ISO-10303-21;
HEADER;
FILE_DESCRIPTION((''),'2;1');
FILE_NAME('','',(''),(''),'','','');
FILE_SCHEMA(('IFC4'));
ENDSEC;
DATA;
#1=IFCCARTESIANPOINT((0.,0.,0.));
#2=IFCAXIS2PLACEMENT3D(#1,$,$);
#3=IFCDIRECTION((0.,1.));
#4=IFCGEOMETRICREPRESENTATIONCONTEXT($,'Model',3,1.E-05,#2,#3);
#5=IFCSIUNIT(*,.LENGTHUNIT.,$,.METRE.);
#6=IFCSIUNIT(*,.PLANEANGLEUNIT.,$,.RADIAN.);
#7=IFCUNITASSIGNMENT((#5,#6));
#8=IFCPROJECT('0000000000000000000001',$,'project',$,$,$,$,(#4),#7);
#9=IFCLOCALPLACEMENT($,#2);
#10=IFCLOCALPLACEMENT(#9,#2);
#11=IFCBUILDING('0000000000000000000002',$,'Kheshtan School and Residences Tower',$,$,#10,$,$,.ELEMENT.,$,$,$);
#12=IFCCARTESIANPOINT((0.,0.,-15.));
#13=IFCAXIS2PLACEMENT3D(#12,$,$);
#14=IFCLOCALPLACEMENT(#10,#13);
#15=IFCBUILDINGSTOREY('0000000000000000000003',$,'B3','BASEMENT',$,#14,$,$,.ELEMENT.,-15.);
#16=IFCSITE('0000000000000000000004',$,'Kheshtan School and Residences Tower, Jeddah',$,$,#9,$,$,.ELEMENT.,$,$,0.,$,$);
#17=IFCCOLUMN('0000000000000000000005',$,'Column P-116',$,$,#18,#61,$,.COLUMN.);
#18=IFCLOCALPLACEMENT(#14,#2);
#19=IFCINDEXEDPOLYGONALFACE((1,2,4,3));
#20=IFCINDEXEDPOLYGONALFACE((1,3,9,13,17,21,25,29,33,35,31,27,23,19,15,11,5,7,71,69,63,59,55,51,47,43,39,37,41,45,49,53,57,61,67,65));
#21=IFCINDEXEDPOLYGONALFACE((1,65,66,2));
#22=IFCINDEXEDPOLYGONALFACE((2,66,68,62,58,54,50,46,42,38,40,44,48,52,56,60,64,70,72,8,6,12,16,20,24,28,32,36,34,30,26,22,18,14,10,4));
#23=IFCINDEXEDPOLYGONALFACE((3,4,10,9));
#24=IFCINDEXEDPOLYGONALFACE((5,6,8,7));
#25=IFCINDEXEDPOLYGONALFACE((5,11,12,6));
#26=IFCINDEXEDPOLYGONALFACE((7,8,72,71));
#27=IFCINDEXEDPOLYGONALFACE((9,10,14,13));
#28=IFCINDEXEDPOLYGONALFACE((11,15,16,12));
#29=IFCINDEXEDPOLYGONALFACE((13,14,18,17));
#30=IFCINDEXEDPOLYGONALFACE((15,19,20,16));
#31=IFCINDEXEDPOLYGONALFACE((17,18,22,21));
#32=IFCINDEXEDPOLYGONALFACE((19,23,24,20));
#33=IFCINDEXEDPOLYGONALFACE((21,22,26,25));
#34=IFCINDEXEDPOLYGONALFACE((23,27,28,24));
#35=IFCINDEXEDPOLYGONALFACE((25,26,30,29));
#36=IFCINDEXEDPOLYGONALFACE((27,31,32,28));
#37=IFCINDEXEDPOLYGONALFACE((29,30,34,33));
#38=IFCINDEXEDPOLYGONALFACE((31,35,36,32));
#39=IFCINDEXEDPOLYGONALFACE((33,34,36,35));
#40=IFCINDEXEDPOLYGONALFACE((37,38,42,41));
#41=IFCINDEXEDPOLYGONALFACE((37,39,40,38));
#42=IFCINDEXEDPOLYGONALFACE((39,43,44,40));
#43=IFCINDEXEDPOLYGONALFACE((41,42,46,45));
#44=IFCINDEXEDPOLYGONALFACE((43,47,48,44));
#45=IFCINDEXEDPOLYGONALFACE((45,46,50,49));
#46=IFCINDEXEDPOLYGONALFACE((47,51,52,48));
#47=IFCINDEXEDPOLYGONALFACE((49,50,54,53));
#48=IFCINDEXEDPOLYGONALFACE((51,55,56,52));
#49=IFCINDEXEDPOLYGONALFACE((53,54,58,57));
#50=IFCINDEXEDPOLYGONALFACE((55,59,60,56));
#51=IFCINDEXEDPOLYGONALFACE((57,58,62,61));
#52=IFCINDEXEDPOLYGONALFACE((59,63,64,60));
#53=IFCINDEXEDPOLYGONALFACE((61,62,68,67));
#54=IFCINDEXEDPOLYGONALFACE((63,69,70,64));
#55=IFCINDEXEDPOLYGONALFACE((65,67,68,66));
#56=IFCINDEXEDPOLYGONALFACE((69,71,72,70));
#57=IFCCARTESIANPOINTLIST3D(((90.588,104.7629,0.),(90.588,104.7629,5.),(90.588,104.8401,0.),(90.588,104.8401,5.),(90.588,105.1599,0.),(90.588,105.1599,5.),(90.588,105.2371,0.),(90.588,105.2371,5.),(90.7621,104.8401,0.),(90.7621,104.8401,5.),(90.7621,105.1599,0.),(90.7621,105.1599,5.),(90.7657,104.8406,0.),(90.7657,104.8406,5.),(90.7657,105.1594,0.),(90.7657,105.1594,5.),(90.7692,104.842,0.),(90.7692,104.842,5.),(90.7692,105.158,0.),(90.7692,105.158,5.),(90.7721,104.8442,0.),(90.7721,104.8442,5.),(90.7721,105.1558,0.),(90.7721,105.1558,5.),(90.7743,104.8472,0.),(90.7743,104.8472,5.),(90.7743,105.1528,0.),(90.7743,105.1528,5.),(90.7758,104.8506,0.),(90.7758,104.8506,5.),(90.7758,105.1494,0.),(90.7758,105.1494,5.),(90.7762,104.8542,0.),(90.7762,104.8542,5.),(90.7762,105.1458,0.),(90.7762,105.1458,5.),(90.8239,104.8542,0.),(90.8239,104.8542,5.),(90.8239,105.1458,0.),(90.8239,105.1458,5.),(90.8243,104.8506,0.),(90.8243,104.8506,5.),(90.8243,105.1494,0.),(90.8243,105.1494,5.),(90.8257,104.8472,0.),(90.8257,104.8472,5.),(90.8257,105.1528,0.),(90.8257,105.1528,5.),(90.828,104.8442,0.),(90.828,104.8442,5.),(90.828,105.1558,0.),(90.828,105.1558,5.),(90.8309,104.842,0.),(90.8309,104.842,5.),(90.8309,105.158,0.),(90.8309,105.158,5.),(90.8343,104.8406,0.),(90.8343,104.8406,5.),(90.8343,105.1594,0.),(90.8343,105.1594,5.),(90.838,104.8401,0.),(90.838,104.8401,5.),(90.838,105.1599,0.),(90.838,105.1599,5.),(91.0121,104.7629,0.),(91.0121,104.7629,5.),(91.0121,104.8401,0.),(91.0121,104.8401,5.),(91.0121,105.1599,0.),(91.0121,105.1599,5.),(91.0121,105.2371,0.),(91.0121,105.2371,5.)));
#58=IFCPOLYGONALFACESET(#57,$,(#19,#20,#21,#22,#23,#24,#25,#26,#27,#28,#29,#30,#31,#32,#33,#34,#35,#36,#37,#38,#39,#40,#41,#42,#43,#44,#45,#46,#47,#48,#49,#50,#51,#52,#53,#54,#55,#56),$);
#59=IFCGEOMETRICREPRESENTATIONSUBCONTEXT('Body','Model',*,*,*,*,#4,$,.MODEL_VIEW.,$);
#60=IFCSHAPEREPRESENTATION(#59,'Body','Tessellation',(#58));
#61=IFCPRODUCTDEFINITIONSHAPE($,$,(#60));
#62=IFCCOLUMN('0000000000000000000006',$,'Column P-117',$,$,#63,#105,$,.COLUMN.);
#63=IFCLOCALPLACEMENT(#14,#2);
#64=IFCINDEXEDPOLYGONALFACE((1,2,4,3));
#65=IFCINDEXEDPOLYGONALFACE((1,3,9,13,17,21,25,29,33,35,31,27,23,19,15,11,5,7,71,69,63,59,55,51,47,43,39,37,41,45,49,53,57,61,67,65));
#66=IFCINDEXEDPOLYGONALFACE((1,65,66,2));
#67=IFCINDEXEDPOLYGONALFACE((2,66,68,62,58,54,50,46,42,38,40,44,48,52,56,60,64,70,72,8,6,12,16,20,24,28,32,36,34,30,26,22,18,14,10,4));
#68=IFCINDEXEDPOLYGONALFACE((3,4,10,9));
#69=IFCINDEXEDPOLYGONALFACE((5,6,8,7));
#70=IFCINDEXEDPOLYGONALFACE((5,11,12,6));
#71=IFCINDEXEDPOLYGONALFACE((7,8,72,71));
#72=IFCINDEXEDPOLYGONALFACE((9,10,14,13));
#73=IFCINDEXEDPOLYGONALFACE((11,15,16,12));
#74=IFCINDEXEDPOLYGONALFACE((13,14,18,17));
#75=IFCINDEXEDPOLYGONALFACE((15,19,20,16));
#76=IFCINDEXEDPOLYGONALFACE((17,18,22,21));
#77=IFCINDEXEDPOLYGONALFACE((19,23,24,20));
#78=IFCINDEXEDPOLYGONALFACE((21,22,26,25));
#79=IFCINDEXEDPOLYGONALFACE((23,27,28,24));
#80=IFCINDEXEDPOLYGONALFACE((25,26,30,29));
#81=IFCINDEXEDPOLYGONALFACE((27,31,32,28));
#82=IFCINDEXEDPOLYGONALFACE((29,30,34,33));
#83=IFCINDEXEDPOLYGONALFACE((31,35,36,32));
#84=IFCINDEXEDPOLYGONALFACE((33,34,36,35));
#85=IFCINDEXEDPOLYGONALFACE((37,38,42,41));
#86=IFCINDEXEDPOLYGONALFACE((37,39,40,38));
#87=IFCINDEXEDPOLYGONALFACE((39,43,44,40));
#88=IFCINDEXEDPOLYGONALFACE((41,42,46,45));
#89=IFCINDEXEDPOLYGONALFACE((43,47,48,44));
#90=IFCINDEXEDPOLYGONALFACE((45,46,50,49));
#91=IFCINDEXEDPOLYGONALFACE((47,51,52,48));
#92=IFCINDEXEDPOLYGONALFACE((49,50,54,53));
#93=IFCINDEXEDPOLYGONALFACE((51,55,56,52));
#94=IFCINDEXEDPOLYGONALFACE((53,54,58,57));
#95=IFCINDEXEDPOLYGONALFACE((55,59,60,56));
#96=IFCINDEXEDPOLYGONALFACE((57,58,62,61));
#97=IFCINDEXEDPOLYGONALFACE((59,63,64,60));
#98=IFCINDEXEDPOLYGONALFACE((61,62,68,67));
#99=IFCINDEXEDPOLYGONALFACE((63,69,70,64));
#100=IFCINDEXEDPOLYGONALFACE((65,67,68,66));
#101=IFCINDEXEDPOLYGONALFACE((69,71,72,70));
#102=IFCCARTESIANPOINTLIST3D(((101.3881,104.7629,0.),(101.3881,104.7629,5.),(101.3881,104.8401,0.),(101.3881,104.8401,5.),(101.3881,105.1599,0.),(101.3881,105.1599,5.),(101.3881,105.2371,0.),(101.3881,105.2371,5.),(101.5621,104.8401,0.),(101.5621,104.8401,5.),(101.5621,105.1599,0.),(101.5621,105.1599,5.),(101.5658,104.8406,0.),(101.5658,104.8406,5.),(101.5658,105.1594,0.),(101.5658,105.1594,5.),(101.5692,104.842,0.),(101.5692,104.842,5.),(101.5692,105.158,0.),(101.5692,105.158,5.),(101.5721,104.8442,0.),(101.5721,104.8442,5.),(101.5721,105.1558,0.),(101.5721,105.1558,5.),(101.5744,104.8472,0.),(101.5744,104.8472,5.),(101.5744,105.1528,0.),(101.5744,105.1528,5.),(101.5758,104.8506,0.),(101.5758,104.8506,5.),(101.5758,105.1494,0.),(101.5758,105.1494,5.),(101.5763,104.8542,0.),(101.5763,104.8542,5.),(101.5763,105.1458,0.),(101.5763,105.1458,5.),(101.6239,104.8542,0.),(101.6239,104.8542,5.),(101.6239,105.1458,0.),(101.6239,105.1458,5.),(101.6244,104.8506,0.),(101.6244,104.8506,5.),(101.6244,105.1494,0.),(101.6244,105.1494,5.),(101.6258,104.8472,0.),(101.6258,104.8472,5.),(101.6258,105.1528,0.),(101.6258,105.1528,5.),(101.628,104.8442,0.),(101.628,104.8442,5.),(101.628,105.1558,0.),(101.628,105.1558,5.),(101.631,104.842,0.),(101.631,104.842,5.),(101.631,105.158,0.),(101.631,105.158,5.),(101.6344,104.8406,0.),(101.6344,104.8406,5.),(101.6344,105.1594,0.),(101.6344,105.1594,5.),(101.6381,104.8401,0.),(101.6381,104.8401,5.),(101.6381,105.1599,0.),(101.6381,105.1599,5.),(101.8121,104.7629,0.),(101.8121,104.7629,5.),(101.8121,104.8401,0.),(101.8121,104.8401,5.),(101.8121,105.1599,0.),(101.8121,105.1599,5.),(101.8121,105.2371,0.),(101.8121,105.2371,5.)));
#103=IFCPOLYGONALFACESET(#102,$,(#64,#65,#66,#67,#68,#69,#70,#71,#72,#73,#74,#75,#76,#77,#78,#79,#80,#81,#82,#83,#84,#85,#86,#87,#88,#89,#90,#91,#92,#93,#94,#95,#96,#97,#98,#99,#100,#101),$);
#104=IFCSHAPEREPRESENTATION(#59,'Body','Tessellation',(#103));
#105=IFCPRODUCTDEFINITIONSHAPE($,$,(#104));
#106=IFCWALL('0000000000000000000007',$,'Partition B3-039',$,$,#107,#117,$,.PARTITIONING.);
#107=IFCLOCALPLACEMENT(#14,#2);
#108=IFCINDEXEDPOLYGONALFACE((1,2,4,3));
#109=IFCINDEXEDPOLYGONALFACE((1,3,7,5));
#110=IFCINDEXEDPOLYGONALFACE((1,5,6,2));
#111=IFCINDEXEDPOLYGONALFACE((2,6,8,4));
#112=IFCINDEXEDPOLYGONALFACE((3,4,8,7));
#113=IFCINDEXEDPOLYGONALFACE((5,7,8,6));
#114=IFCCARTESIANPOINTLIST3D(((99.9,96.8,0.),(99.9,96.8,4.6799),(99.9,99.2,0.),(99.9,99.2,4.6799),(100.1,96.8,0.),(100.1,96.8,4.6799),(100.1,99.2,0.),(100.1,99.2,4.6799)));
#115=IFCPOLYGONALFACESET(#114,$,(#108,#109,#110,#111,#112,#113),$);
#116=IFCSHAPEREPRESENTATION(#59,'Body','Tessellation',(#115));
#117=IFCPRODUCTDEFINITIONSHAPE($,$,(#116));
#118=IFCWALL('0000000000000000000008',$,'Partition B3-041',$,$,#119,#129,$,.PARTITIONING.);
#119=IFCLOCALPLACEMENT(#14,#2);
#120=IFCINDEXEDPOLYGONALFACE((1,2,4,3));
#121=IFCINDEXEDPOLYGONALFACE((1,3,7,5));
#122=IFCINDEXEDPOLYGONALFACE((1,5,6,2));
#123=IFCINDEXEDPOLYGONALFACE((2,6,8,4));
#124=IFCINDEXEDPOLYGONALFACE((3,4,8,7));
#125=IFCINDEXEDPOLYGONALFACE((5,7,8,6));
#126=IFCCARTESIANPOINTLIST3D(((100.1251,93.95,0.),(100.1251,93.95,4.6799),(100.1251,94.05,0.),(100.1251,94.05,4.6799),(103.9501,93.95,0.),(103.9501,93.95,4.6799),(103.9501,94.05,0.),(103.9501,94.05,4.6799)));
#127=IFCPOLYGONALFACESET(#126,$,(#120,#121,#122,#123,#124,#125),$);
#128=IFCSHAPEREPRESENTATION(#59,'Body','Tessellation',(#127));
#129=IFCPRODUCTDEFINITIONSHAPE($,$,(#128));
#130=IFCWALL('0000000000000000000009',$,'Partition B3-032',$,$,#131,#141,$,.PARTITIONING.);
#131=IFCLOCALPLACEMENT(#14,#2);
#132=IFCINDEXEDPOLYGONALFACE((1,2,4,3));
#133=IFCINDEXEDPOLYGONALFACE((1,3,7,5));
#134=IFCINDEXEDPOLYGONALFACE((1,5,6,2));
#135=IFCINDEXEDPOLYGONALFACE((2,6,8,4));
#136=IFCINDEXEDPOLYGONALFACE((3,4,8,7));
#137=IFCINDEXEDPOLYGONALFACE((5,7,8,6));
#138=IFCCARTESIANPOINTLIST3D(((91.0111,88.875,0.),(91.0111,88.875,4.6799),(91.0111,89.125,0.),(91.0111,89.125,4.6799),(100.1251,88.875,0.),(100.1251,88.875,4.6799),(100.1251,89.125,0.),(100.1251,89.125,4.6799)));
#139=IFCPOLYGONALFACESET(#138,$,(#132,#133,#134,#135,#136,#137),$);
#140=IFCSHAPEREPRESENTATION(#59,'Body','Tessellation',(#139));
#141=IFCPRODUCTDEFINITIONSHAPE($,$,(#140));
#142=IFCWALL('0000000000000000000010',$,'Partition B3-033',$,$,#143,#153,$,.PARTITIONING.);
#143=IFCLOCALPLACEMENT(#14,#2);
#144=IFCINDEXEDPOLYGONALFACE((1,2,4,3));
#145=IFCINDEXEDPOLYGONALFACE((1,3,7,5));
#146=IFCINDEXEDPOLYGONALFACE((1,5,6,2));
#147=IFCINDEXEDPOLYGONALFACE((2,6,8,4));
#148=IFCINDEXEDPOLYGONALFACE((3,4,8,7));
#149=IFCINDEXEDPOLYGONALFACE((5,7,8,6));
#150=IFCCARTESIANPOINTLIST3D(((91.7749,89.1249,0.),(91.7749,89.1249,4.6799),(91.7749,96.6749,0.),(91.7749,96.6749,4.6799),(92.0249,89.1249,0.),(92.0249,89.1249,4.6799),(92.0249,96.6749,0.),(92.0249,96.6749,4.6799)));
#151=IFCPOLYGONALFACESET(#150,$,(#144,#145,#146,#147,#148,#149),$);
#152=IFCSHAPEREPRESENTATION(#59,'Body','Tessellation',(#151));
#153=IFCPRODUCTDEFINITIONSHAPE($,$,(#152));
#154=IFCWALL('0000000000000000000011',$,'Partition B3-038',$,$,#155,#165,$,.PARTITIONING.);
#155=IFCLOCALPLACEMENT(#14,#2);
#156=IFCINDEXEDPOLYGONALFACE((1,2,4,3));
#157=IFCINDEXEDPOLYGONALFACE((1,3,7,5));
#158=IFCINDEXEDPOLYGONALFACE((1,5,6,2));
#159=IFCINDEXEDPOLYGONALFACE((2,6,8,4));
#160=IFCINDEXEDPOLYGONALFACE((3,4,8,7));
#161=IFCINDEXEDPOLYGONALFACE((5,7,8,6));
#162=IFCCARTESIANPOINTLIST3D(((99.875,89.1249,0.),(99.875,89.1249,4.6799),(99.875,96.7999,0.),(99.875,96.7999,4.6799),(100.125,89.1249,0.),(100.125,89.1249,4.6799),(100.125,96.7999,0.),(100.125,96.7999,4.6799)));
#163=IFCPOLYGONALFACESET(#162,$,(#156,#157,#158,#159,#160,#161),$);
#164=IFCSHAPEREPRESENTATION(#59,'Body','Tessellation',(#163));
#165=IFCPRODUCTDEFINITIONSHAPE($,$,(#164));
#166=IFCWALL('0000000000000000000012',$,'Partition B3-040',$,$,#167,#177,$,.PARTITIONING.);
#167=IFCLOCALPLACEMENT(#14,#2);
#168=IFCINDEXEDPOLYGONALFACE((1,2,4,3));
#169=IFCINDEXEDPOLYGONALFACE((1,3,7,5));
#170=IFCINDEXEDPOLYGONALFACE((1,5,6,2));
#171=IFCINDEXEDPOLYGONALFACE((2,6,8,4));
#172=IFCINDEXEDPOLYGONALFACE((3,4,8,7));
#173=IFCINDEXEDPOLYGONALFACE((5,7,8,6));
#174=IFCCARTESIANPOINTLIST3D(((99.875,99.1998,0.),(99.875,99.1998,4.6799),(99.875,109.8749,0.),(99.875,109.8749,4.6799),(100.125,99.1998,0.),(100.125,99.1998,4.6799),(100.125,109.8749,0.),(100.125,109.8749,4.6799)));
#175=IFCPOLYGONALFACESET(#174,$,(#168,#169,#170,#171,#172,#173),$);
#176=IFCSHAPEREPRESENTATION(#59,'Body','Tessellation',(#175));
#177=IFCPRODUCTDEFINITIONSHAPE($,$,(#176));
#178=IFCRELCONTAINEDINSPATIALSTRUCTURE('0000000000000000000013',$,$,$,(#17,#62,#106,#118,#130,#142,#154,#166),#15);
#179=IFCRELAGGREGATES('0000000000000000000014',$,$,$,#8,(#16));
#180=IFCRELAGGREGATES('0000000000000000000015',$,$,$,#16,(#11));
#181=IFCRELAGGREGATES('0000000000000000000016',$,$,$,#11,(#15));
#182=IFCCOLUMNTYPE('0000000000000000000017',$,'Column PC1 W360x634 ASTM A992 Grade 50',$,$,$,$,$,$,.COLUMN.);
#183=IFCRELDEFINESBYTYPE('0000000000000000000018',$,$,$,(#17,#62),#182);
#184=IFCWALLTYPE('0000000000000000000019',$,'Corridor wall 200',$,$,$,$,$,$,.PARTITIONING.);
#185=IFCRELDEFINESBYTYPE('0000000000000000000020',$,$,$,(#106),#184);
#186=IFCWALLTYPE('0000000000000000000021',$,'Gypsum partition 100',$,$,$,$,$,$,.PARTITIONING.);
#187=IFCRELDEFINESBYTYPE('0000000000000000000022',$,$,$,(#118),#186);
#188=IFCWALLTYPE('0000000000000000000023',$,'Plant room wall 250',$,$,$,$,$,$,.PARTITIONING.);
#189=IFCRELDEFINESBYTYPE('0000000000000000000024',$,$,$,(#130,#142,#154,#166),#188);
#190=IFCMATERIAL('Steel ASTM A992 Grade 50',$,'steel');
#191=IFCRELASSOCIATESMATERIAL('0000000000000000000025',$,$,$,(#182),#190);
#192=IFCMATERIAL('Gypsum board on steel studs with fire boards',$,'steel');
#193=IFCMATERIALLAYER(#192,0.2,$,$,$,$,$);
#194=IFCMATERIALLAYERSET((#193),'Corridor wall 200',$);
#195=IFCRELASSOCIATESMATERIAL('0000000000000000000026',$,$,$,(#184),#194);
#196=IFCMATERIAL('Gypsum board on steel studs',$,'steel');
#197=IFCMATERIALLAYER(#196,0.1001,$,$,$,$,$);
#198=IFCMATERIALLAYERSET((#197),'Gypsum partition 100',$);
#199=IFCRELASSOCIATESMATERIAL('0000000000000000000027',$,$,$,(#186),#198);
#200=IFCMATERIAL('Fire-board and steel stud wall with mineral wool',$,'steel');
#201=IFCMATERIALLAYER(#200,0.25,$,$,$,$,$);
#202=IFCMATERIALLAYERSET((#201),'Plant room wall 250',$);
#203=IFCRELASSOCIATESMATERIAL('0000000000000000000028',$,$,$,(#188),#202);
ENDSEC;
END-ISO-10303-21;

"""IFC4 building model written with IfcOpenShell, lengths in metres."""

from ifc_helpers import new_model, si_unit, direction, frame, frame_2d, origin, origin_2d, place, context, subcontext, project, spatial, rectangle, i_section, extrude, material, layer, layer_set, material_profile, profile_set, type_object, element, save


model = new_model("IFC4")

# Units and contexts
model_context = context("Model", 3, precision=1e-05, world=origin(), true_north=direction((0.0, 1.0)))
body_context = subcontext(model_context, "Body", "Model", "MODEL_VIEW")
ifc_project = project(units=[si_unit("LENGTHUNIT", "METRE"), si_unit("PLANEANGLEUNIT", "RADIAN")], contexts=[model_context])

# Site, building, storey
site_placement = place(None, origin())
site = spatial("IfcSite", under=ifc_project, at=site_placement, Name="Kheshtan School and Residences Tower, Jeddah", CompositionType="ELEMENT", RefElevation=0.0)
building_placement = place(site_placement, origin())
building = spatial("IfcBuilding", under=site, at=building_placement, Name="Kheshtan School and Residences Tower", CompositionType="ELEMENT")
storey_placement = place(building_placement, frame((0.0, 0.0, -15.0)))
storey = spatial("IfcBuildingStorey", under=building, at=storey_placement, Name="B3", Description="BASEMENT", CompositionType="ELEMENT", Elevation=-15.0)

# Columns
ifc_material_1 = material(Name="Steel ASTM A992 Grade 50", Category="steel")
ifc_material_profile_1 = material_profile(ifc_material_1, i_section(OverallWidth=0.4241, OverallDepth=0.4741, WebThickness=0.0476, FlangeThickness=0.0771, FilletRadius=0.0142, at=origin_2d()), Name="W360x634")
ifc_profile_set_1 = profile_set([ifc_material_profile_1], Name="Steel ASTM A992 Grade 50")
column_type = type_object("IfcColumnType", Name="Column PC1 W360x634 ASTM A992 Grade 50", PredefinedType="COLUMN", material=ifc_profile_set_1)
for number, where, z_axis, x_axis, name in (
    (1, (90.8, 105.0, 0.0), (0.0, 0.0, 1.0), (1.0, 0.0, 0.0), "Column P-116"),
    (2, (101.6001, 105.0, 0.0), (0.0, 0.0, 1.0), (1.0, 0.0, 0.0), "Column P-117"),
):
    element("IfcColumn", number, at=place(storey_placement, frame(where, z_axis=z_axis, x_axis=x_axis)), inside=storey, type_object=column_type, Name=name, PredefinedType="COLUMN", context=body_context, shape_type="SweptSolid", body=[
        extrude(i_section(OverallWidth=0.4241, OverallDepth=0.4741, WebThickness=0.0476, FlangeThickness=0.0771, FilletRadius=0.0142, at=origin_2d()), origin(), (0.0, 0.0, 1.0), 5.0),
    ])

# Walls
ifc_material_2 = material(Name="Gypsum board on steel studs with fire boards", Category="steel")
ifc_layer_1 = layer(ifc_material_2, 0.2)
ifc_layer_set_1 = layer_set([ifc_layer_1], Name="Corridor wall 200")
wall_type_1 = type_object("IfcWallType", Name="Corridor wall 200", PredefinedType="PARTITIONING", material=ifc_layer_set_1)
wall_1_placement = place(storey_placement, frame((100.0, 96.8, 0.0), z_axis=(0.0, 0.0, 1.0), x_axis=(0.0, 1.0, 0.0)))
element("IfcWall", 3, at=wall_1_placement, inside=storey, type_object=wall_type_1, Name="Partition B3-039", PredefinedType="PARTITIONING", context=body_context, shape_type="SweptSolid", body=[
    extrude(rectangle(XDim=2.3999, YDim=0.2, at=frame_2d((1.2, 0.0))), origin(), (0.0, 0.0, 1.0), 4.6799),
])
ifc_material_3 = material(Name="Gypsum board on steel studs", Category="steel")
ifc_layer_2 = layer(ifc_material_3, 0.1001)
ifc_layer_set_2 = layer_set([ifc_layer_2], Name="Gypsum partition 100")
wall_type_2 = type_object("IfcWallType", Name="Gypsum partition 100", PredefinedType="PARTITIONING", material=ifc_layer_set_2)
wall_2_placement = place(storey_placement, frame((100.125, 94.0, 0.0), z_axis=(0.0, 0.0, 1.0), x_axis=(1.0, 0.0, 0.0)))
element("IfcWall", 4, at=wall_2_placement, inside=storey, type_object=wall_type_2, Name="Partition B3-041", PredefinedType="PARTITIONING", context=body_context, shape_type="SweptSolid", body=[
    extrude(rectangle(XDim=3.825, YDim=0.1001, at=frame_2d((1.9126, 0.0))), origin(), (0.0, 0.0, 1.0), 4.6799),
])
ifc_material_4 = material(Name="Fire-board and steel stud wall with mineral wool", Category="steel")
ifc_layer_3 = layer(ifc_material_4, 0.25)
ifc_layer_set_3 = layer_set([ifc_layer_3], Name="Plant room wall 250")
wall_type_3 = type_object("IfcWallType", Name="Plant room wall 250", PredefinedType="PARTITIONING", material=ifc_layer_set_3)
wall_3_placement = place(storey_placement, frame((91.011, 89.0, 0.0), z_axis=(0.0, 0.0, 1.0), x_axis=(1.0, 0.0, 0.0)))
element("IfcWall", 5, at=wall_3_placement, inside=storey, type_object=wall_type_3, Name="Partition B3-032", PredefinedType="PARTITIONING", context=body_context, shape_type="SweptSolid", body=[
    extrude(rectangle(XDim=9.114, YDim=0.25, at=frame_2d((4.5571, 0.0))), origin(), (0.0, 0.0, 1.0), 4.6799),
])
wall_4_placement = place(storey_placement, frame((91.8999, 89.125, 0.0), z_axis=(0.0, 0.0, 1.0), x_axis=(0.0, 1.0, 0.0)))
element("IfcWall", 6, at=wall_4_placement, inside=storey, type_object=wall_type_3, Name="Partition B3-033", PredefinedType="PARTITIONING", context=body_context, shape_type="SweptSolid", body=[
    extrude(rectangle(XDim=7.55, YDim=0.25, at=frame_2d((3.7749, 0.0))), origin(), (0.0, 0.0, 1.0), 4.6799),
])
wall_5_placement = place(storey_placement, frame((100.0, 89.125, 0.0), z_axis=(0.0, 0.0, 1.0), x_axis=(0.0, 1.0, 0.0)))
element("IfcWall", 7, at=wall_5_placement, inside=storey, type_object=wall_type_3, Name="Partition B3-038", PredefinedType="PARTITIONING", context=body_context, shape_type="SweptSolid", body=[
    extrude(rectangle(XDim=7.675, YDim=0.25, at=frame_2d((3.8374, 0.0))), origin(), (0.0, 0.0, 1.0), 4.6799),
])
wall_6_placement = place(storey_placement, frame((100.0, 99.2, 0.0), z_axis=(0.0, 0.0, 1.0), x_axis=(0.0, 1.0, 0.0)))
element("IfcWall", 8, at=wall_6_placement, inside=storey, type_object=wall_type_3, Name="Partition B3-040", PredefinedType="PARTITIONING", context=body_context, shape_type="SweptSolid", body=[
    extrude(rectangle(XDim=10.675, YDim=0.25, at=frame_2d((5.3374, 0.0))), origin(), (0.0, 0.0, 1.0), 4.6799),
])

save(model, "model.ifc")
